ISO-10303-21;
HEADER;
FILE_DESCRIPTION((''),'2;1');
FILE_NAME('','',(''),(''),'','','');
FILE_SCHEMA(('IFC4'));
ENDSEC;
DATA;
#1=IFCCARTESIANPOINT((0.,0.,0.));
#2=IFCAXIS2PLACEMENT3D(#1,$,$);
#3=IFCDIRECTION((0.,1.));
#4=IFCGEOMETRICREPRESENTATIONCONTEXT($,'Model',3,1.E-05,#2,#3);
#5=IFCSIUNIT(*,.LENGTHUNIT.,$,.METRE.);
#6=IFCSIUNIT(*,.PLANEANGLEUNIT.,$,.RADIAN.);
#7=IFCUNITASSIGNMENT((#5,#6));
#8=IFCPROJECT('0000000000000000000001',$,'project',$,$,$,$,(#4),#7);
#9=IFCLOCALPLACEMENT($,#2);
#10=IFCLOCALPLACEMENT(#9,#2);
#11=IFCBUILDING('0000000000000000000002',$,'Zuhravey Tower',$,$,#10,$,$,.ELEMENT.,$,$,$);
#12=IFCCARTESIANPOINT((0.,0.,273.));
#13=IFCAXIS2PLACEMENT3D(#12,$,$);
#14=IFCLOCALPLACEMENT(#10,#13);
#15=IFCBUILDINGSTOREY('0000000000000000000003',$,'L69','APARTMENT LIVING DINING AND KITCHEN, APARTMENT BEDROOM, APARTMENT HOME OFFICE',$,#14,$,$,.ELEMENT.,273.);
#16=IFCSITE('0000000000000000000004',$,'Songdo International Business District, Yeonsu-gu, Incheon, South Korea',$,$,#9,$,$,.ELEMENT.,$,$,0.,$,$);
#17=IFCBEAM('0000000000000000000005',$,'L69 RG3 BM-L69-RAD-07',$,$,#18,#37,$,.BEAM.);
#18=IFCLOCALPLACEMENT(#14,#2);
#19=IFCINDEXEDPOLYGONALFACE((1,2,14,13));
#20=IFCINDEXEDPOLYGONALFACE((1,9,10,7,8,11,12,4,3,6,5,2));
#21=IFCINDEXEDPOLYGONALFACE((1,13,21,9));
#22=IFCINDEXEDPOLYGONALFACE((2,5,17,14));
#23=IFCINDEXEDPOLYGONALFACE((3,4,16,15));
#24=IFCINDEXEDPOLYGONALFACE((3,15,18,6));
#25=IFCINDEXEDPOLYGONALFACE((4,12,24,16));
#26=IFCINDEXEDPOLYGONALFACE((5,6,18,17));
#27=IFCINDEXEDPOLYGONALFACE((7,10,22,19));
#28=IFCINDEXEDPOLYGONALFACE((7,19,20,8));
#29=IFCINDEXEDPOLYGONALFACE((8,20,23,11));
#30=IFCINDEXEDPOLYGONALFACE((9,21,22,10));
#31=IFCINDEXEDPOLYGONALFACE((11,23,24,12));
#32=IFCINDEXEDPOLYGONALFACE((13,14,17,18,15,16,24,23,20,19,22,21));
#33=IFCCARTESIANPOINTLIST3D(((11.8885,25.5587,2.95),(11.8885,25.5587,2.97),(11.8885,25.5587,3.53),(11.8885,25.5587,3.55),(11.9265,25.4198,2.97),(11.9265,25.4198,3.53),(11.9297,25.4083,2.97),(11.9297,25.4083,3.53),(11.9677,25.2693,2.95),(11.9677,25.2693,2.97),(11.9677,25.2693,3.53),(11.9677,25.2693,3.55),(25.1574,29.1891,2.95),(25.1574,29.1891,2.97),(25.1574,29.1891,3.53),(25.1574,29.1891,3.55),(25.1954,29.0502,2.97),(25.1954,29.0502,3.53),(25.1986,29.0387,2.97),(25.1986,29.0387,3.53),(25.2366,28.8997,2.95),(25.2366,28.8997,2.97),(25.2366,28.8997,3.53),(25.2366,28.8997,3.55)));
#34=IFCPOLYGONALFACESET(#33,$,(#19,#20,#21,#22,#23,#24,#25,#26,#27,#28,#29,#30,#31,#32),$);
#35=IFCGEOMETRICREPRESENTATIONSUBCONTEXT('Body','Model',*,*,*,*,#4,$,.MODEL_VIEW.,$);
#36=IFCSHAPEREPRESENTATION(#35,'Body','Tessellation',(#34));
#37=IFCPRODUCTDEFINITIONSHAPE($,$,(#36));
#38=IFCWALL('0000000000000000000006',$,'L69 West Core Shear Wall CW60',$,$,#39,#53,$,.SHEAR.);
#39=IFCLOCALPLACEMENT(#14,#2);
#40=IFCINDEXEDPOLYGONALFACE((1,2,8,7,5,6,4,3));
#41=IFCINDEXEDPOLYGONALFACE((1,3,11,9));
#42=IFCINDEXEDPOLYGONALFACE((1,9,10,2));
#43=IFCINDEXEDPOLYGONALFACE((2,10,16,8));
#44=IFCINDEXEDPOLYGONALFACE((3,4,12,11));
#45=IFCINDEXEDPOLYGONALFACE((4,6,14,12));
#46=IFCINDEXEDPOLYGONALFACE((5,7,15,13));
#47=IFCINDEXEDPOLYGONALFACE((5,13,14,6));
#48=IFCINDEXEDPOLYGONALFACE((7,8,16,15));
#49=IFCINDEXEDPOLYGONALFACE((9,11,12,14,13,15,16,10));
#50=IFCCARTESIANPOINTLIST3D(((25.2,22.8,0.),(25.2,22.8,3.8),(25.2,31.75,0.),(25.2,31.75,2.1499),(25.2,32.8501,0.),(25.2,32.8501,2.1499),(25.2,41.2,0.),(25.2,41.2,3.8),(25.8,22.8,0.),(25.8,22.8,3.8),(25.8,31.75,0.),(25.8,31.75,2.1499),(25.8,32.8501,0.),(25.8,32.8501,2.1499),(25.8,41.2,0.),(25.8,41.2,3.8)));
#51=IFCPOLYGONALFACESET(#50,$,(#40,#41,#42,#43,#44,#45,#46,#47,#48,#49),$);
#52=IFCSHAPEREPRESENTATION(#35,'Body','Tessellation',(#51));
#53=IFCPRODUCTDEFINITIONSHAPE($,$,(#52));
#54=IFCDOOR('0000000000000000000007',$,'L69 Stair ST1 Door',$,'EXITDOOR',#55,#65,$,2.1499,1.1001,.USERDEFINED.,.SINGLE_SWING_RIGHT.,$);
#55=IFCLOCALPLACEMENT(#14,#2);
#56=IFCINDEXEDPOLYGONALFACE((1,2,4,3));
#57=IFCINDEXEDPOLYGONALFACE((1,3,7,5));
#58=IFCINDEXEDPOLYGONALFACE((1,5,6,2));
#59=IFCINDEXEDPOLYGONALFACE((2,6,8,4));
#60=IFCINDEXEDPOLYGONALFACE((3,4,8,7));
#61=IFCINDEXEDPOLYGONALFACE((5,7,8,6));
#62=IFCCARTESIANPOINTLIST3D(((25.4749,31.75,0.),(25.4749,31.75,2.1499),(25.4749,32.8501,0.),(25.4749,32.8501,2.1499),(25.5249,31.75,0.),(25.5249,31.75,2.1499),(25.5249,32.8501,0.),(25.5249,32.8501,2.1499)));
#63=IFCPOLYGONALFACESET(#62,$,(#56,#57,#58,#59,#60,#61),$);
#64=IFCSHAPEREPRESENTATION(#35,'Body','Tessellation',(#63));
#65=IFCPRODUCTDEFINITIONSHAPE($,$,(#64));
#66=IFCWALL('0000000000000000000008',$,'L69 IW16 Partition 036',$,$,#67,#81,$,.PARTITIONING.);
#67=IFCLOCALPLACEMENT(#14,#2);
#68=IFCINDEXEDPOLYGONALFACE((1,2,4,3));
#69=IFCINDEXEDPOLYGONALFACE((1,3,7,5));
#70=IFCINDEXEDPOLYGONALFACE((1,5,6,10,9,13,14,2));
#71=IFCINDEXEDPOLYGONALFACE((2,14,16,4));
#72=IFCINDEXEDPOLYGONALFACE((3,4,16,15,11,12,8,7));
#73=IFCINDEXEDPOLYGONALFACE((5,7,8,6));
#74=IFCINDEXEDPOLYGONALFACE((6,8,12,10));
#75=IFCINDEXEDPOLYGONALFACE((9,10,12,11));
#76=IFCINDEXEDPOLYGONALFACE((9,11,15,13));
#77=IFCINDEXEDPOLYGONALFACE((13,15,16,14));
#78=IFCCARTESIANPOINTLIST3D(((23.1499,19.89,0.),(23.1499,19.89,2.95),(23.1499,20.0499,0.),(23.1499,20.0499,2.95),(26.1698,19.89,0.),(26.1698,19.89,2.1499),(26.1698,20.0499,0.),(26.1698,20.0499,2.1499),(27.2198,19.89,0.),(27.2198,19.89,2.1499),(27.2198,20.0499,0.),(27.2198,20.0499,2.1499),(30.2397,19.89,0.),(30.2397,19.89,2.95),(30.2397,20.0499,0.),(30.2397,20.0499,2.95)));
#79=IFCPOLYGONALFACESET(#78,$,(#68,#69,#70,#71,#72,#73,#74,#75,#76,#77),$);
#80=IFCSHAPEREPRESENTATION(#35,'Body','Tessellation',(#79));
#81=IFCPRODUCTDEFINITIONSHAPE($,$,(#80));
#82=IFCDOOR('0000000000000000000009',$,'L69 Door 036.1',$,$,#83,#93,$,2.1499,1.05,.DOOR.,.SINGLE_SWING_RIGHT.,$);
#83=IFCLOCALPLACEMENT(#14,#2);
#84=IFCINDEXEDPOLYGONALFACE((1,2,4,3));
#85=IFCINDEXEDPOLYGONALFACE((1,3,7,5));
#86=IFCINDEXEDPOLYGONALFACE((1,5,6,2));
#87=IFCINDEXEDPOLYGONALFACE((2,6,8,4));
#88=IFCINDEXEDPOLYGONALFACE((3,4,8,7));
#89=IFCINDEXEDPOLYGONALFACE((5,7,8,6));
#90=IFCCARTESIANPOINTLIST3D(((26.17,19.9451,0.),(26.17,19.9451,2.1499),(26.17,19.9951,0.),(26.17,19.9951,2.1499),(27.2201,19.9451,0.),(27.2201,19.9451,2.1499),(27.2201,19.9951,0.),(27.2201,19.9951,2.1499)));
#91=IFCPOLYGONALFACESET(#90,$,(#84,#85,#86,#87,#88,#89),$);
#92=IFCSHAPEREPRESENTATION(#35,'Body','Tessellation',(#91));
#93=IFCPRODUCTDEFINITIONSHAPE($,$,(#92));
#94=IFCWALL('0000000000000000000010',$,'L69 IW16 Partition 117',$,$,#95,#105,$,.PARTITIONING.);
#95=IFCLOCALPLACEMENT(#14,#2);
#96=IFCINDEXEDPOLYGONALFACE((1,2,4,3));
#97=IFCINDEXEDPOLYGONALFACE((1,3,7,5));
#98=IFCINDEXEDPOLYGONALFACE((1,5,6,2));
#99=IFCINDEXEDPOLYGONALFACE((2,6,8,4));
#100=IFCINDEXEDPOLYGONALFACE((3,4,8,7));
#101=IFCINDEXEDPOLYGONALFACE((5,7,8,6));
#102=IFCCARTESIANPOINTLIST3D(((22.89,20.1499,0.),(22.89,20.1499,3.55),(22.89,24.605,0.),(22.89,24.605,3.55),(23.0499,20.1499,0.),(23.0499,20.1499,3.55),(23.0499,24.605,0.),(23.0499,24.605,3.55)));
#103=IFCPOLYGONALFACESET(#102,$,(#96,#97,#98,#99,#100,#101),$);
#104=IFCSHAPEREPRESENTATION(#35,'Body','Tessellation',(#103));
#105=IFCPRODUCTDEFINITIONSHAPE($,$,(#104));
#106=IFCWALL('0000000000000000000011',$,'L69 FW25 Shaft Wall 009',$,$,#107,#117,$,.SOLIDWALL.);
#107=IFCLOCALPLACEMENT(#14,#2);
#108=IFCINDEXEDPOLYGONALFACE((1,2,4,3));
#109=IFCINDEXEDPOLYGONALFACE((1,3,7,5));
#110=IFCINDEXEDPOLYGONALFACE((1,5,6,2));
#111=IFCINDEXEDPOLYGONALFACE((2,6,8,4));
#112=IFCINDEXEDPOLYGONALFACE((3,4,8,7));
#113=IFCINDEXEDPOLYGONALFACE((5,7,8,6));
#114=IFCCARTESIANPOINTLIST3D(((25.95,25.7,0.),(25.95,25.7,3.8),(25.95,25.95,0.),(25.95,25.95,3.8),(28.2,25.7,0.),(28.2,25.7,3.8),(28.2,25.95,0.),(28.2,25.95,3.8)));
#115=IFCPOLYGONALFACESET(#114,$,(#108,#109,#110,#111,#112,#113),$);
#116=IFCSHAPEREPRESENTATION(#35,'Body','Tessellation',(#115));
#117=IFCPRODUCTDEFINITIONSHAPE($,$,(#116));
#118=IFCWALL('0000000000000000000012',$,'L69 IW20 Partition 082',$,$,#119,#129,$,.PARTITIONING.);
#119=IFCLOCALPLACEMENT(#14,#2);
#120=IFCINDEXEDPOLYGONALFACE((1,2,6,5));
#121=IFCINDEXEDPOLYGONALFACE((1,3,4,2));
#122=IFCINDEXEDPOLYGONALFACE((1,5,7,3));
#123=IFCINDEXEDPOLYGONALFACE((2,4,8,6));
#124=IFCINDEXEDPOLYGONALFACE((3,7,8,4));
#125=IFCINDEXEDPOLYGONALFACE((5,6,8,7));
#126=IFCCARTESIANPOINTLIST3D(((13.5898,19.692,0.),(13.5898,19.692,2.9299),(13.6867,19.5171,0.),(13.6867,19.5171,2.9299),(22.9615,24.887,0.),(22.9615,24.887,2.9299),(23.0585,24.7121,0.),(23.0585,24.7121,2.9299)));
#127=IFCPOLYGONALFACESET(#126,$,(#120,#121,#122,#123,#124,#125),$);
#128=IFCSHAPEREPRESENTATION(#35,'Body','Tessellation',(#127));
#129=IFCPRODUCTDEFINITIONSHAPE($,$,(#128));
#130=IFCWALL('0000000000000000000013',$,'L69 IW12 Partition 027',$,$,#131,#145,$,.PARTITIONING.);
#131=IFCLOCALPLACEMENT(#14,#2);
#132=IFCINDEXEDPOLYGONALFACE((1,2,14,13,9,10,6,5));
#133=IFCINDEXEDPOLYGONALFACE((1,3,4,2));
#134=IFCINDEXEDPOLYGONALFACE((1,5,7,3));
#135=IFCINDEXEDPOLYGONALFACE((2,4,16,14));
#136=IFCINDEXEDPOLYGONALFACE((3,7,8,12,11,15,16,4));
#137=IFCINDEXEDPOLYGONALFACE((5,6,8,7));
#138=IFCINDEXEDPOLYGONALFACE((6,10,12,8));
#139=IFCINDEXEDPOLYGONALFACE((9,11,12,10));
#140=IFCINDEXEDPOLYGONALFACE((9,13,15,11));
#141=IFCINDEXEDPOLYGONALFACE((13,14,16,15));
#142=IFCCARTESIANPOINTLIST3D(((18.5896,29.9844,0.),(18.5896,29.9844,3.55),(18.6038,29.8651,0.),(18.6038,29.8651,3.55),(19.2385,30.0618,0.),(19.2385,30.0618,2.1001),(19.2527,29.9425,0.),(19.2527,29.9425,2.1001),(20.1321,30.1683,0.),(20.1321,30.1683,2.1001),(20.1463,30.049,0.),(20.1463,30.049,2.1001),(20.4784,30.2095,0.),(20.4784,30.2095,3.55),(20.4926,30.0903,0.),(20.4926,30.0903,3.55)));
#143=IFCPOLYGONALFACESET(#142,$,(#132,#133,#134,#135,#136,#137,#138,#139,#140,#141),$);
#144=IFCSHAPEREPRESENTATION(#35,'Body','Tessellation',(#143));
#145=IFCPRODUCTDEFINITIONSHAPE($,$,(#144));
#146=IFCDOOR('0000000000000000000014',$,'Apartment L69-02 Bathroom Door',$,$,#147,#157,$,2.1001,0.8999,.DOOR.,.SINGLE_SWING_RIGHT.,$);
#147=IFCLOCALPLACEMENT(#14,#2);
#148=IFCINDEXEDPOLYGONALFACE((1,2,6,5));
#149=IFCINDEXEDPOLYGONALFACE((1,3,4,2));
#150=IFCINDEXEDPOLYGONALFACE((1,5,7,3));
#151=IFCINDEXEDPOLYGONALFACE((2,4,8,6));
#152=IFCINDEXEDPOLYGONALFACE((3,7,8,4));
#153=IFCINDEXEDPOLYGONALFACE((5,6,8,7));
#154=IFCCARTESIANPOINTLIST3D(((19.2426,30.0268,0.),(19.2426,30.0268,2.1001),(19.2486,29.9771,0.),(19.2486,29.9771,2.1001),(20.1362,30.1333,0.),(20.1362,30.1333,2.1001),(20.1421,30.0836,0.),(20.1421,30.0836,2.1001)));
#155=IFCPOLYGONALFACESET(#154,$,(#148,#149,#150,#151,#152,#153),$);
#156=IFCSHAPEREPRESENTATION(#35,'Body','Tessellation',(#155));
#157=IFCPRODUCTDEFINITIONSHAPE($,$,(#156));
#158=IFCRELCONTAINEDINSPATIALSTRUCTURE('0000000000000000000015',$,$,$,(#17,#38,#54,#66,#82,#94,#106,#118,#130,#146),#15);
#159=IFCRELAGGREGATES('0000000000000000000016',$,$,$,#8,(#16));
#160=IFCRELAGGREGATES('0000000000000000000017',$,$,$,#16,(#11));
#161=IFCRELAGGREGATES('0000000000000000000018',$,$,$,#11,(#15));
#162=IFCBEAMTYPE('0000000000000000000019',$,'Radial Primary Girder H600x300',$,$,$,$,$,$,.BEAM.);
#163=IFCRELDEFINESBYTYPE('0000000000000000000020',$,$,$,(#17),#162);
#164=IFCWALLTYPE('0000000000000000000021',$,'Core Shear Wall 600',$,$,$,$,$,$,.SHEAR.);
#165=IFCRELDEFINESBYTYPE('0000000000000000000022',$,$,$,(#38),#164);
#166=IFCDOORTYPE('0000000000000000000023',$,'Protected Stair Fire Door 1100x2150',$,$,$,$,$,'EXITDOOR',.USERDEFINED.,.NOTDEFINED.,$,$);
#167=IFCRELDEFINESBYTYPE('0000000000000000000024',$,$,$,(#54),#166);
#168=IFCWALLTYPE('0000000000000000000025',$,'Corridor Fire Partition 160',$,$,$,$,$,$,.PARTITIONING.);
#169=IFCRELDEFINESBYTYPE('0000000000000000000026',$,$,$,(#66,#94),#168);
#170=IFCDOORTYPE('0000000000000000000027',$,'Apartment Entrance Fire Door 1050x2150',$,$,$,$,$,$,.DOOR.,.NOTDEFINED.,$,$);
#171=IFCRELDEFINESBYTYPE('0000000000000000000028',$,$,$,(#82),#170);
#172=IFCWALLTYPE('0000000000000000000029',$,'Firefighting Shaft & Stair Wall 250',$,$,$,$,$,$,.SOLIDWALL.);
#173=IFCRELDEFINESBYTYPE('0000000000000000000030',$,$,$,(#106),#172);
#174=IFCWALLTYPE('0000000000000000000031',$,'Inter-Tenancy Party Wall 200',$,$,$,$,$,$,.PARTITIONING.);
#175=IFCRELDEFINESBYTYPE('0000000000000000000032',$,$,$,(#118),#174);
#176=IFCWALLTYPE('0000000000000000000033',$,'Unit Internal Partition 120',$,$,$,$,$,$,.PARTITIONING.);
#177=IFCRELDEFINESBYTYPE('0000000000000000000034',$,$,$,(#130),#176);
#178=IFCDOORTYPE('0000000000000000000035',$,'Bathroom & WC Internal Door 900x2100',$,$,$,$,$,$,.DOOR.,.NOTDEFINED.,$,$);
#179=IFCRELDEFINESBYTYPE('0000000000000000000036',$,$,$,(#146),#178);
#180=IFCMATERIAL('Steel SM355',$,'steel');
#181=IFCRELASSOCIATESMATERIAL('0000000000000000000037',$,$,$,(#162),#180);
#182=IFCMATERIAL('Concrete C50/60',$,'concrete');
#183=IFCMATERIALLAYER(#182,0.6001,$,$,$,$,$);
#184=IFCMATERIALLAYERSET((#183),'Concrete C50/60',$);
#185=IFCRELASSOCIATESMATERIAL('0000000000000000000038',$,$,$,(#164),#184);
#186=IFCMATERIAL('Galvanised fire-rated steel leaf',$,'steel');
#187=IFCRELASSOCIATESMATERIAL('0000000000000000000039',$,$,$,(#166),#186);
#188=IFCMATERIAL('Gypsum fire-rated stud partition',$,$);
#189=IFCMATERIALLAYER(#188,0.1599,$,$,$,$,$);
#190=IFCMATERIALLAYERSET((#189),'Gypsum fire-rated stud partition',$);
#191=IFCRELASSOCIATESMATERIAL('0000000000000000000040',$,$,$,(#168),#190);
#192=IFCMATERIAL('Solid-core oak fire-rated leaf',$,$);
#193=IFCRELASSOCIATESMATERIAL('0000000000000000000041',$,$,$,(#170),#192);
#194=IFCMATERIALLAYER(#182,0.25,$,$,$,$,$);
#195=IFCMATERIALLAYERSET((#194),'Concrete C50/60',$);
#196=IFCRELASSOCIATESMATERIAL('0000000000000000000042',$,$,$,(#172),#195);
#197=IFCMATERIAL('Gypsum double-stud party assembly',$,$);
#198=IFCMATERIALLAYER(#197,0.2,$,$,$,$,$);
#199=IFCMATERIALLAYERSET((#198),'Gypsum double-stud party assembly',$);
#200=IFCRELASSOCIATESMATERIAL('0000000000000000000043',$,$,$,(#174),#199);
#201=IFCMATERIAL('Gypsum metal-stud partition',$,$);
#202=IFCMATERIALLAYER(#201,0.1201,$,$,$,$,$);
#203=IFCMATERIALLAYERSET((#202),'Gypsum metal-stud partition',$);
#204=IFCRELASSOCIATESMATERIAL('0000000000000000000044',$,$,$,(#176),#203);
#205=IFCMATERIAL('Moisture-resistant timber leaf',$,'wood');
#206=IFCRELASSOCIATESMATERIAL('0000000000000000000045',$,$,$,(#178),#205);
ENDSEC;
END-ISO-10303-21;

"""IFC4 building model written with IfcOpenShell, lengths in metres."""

from ifc_helpers import new_model, si_unit, direction, frame, frame_2d, origin, origin_2d, place, context, subcontext, project, spatial, rectangle, i_section, extrude, material, layer, layer_set, material_profile, profile_set, type_object, element, fill, save


model = new_model("IFC4")

# Units and contexts
model_context = context("Model", 3, precision=1e-05, world=origin(), true_north=direction((0.0, 1.0)))
body_context = subcontext(model_context, "Body", "Model", "MODEL_VIEW")
ifc_project = project(units=[si_unit("LENGTHUNIT", "METRE"), si_unit("PLANEANGLEUNIT", "RADIAN")], contexts=[model_context])

# Site, building, storey
site_placement = place(None, origin())
site = spatial("IfcSite", under=ifc_project, at=site_placement, Name="Songdo International Business District, Yeonsu-gu, Incheon, South Korea", CompositionType="ELEMENT", RefElevation=0.0)
building_placement = place(site_placement, origin())
building = spatial("IfcBuilding", under=site, at=building_placement, Name="Zuhravey Tower", CompositionType="ELEMENT")
storey_placement = place(building_placement, frame((0.0, 0.0, 273.0)))
storey = spatial("IfcBuildingStorey", under=building, at=storey_placement, Name="L69", Description="APARTMENT LIVING DINING AND KITCHEN, APARTMENT BEDROOM, APARTMENT HOME OFFICE", CompositionType="ELEMENT", Elevation=273.0)

# Beam
ifc_material_1 = material(Name="Steel SM355", Category="steel")
ifc_material_profile = material_profile(ifc_material_1, i_section(OverallWidth=0.3, OverallDepth=0.6001, WebThickness=0.012, FlangeThickness=0.02, at=origin_2d()), Name="H-600x300x12x20")
ifc_profile_set = profile_set([ifc_material_profile], Name="Steel SM355")
beam_type = type_object("IfcBeamType", Name="Radial Primary Girder H600x300", PredefinedType="BEAM", material=ifc_profile_set)
beam_placement = place(storey_placement, frame((25.197, 29.0444, 3.25), z_axis=(-0.964549, -0.263903, 0.0), x_axis=(0.263903, -0.964549, 0.0)))
element("IfcBeam", 1, at=beam_placement, inside=storey, type_object=beam_type, Name="L69 RG3 BM-L69-RAD-07", PredefinedType="BEAM", context=body_context, shape_type="SweptSolid", body=[
    extrude(i_section(OverallWidth=0.3, OverallDepth=0.6001, WebThickness=0.012, FlangeThickness=0.02, at=origin_2d()), origin(), (0.0, 0.0, 1.0), 13.7566),
])

# Walls, openings, doors
ifc_material_2 = material(Name="Concrete C50/60", Category="concrete")
ifc_layer_1 = layer(ifc_material_2, 0.6001)
ifc_layer_set_1 = layer_set([ifc_layer_1], Name="Concrete C50/60")
wall_type_1 = type_object("IfcWallType", Name="Core Shear Wall 600", PredefinedType="SHEAR", material=ifc_layer_set_1)
ifc_material_3 = material(Name="Galvanised fire-rated steel leaf", Category="steel")
wall_1_placement = place(storey_placement, frame((25.5, 22.8, 0.0), z_axis=(0.0, 0.0, 1.0), x_axis=(0.0, 1.0, 0.0)))
wall_1 = element("IfcWall", 2, at=wall_1_placement, inside=storey, type_object=wall_type_1, Name="L69 West Core Shear Wall CW60", PredefinedType="SHEAR", context=body_context, shape_type="SweptSolid", body=[
    extrude(rectangle(XDim=18.3999, YDim=0.6001, at=frame_2d((9.2, 0.0))), origin(), (0.0, 0.0, 1.0), 3.8),
])
opening_1_placement = place(wall_1_placement, frame((8.95, 0.0, 0.0)))
opening_1 = element("IfcOpeningElement", 3, at=opening_1_placement, cuts=wall_1, PredefinedType="OPENING", context=body_context, shape_type="SweptSolid", body=[
    extrude(rectangle(XDim=1.1001, YDim=2.1499, at=frame_2d((0.55, 1.075))), frame((0.0, 0.312, 0.0), z_axis=(0.0, -1.0, 0.0), x_axis=(1.0, 0.0, 0.0)), (0.0, 0.0, 1.0), 0.624),
])
door_type_1 = type_object("IfcDoorType", Name="Protected Stair Fire Door 1100x2150", ElementType="EXITDOOR", OperationType="NOTDEFINED", PredefinedType="USERDEFINED", material=ifc_material_3)
door_1_placement = place(opening_1_placement, frame((1.1001, 0.0, 0.0), z_axis=(0.0, 0.0, 1.0), x_axis=(-1.0, 0.0, 0.0)))
door_1 = element("IfcDoor", 4, at=door_1_placement, inside=storey, type_object=door_type_1, Name="L69 Stair ST1 Door", ObjectType="EXITDOOR", OperationType="SINGLE_SWING_RIGHT", OverallHeight=2.1499, OverallWidth=1.1001, PredefinedType="USERDEFINED", context=body_context, shape_type="SweptSolid", body=[
    extrude(rectangle(XDim=1.1001, YDim=2.1499, at=frame_2d((0.55, 1.075))), frame((0.0, 0.0249, 0.0), z_axis=(0.0, -1.0, 0.0), x_axis=(1.0, 0.0, 0.0)), (0.0, 0.0, 1.0), 0.05),
])
fill(opening_1, door_1)
ifc_material_4 = material(Name="Gypsum fire-rated stud partition")
ifc_layer_2 = layer(ifc_material_4, 0.1599)
ifc_layer_set_2 = layer_set([ifc_layer_2], Name="Gypsum fire-rated stud partition")
wall_type_2 = type_object("IfcWallType", Name="Corridor Fire Partition 160", PredefinedType="PARTITIONING", material=ifc_layer_set_2)
ifc_material_5 = material(Name="Solid-core oak fire-rated leaf")
door_type_2 = type_object("IfcDoorType", Name="Apartment Entrance Fire Door 1050x2150", OperationType="NOTDEFINED", PredefinedType="DOOR", material=ifc_material_5)
wall_2_placement = place(storey_placement, frame((23.1499, 19.97, 0.0), z_axis=(0.0, 0.0, 1.0), x_axis=(1.0, 0.0, 0.0)))
wall_2 = element("IfcWall", 5, at=wall_2_placement, inside=storey, type_object=wall_type_2, Name="L69 IW16 Partition 036", PredefinedType="PARTITIONING", context=body_context, shape_type="SweptSolid", body=[
    extrude(rectangle(XDim=7.0898, YDim=0.1599, at=frame_2d((3.5449, 0.0))), origin(), (0.0, 0.0, 1.0), 2.95),
])
opening_2_placement = place(wall_2_placement, frame((3.02, 0.0, 0.0)))
opening_2 = element("IfcOpeningElement", 6, at=opening_2_placement, cuts=wall_2, PredefinedType="OPENING", context=body_context, shape_type="SweptSolid", body=[
    extrude(rectangle(XDim=1.05, YDim=2.1499, at=frame_2d((0.5249, 1.075))), frame((0.0, 0.092, 0.0), z_axis=(0.0, -1.0, 0.0), x_axis=(1.0, 0.0, 0.0)), (0.0, 0.0, 1.0), 0.1838),
])
door_2_placement = place(opening_2_placement, frame((1.05, 0.0, 0.0), z_axis=(0.0, 0.0, 1.0), x_axis=(-1.0, 0.0, 0.0)))
door_2 = element("IfcDoor", 7, at=door_2_placement, inside=storey, type_object=door_type_2, Name="L69 Door 036.1", OperationType="SINGLE_SWING_RIGHT", OverallHeight=2.1499, OverallWidth=1.05, PredefinedType="DOOR", context=body_context, shape_type="SweptSolid", body=[
    extrude(rectangle(XDim=1.05, YDim=2.1499, at=frame_2d((0.5249, 1.075))), frame((0.0, 0.0249, 0.0), z_axis=(0.0, -1.0, 0.0), x_axis=(1.0, 0.0, 0.0)), (0.0, 0.0, 1.0), 0.05),
])
fill(opening_2, door_2)

# Walls
wall_3_placement = place(storey_placement, frame((22.97, 24.605, 0.0), z_axis=(0.0, 0.0, 1.0), x_axis=(0.0, -1.0, 0.0)))
element("IfcWall", 8, at=wall_3_placement, inside=storey, type_object=wall_type_2, Name="L69 IW16 Partition 117", PredefinedType="PARTITIONING", context=body_context, shape_type="SweptSolid", body=[
    extrude(rectangle(XDim=4.4551, YDim=0.1599, at=frame_2d((2.2275, 0.0))), origin(), (0.0, 0.0, 1.0), 3.55),
])
ifc_layer_3 = layer(ifc_material_2, 0.25)
ifc_layer_set_3 = layer_set([ifc_layer_3], Name="Concrete C50/60")
wall_type_3 = type_object("IfcWallType", Name="Firefighting Shaft & Stair Wall 250", PredefinedType="SOLIDWALL", material=ifc_layer_set_3)
wall_4_placement = place(storey_placement, frame((25.95, 25.825, 0.0), z_axis=(0.0, 0.0, 1.0), x_axis=(1.0, 0.0, 0.0)))
element("IfcWall", 9, at=wall_4_placement, inside=storey, type_object=wall_type_3, Name="L69 FW25 Shaft Wall 009", PredefinedType="SOLIDWALL", context=body_context, shape_type="SweptSolid", body=[
    extrude(rectangle(XDim=2.25, YDim=0.25, at=frame_2d((1.125, 0.0))), origin(), (0.0, 0.0, 1.0), 3.8),
])
ifc_material_6 = material(Name="Gypsum double-stud party assembly")
ifc_layer_4 = layer(ifc_material_6, 0.2)
ifc_layer_set_4 = layer_set([ifc_layer_4], Name="Gypsum double-stud party assembly")
wall_type_4 = type_object("IfcWallType", Name="Inter-Tenancy Party Wall 200", PredefinedType="PARTITIONING", material=ifc_layer_set_4)
wall_5_placement = place(storey_placement, frame((23.01, 24.7996, 0.0), z_axis=(0.0, 0.0, 1.0), x_axis=(-0.874613, -0.484822, 0.0)))
element("IfcWall", 10, at=wall_5_placement, inside=storey, type_object=wall_type_4, Name="L69 IW20 Partition 082", PredefinedType="PARTITIONING", context=body_context, shape_type="SweptSolid", body=[
    extrude(rectangle(XDim=10.7153, YDim=0.2, at=frame_2d((5.3577, 0.0))), origin(), (0.0, 0.0, 1.0), 2.9299),
])

# Wall, opening, door
ifc_material_7 = material(Name="Gypsum metal-stud partition")
ifc_layer_5 = layer(ifc_material_7, 0.1201)
ifc_layer_set_5 = layer_set([ifc_layer_5], Name="Gypsum metal-stud partition")
wall_type_5 = type_object("IfcWallType", Name="Unit Internal Partition 120", PredefinedType="PARTITIONING", material=ifc_layer_set_5)
wall_6_placement = place(storey_placement, frame((20.4856, 30.1499, 0.0), z_axis=(0.0, 0.0, 1.0), x_axis=(-0.992972, -0.118345, 0.0)))
wall_6 = element("IfcWall", 11, at=wall_6_placement, inside=storey, type_object=wall_type_5, Name="L69 IW12 Partition 027", PredefinedType="PARTITIONING", context=body_context, shape_type="SweptSolid", body=[
    extrude(rectangle(XDim=1.9021, YDim=0.1201, at=frame_2d((0.9512, 0.0))), origin(), (0.0, 0.0, 1.0), 3.55),
])
opening_3_placement = place(wall_6_placement, frame((0.3489, 0.0, 0.0)))
opening_3 = element("IfcOpeningElement", 12, at=opening_3_placement, cuts=wall_6, PredefinedType="OPENING", context=body_context, shape_type="SweptSolid", body=[
    extrude(rectangle(XDim=0.8999, YDim=2.1001, at=frame_2d((0.45, 1.05))), frame((0.0, 0.072, 0.0), z_axis=(0.0, -1.0, 0.0), x_axis=(1.0, 0.0, 0.0)), (0.0, 0.0, 1.0), 0.144),
])
ifc_material_8 = material(Name="Moisture-resistant timber leaf", Category="wood")
door_type_3 = type_object("IfcDoorType", Name="Bathroom & WC Internal Door 900x2100", OperationType="NOTDEFINED", PredefinedType="DOOR", material=ifc_material_8)
door_3_placement = place(opening_3_placement, frame((0.8999, 0.0, 0.0), z_axis=(0.0, 0.0, 1.0), x_axis=(-1.0, 0.0, 0.0)))
door_3 = element("IfcDoor", 13, at=door_3_placement, inside=storey, type_object=door_type_3, Name="Apartment L69-02 Bathroom Door", OperationType="SINGLE_SWING_RIGHT", OverallHeight=2.1001, OverallWidth=0.8999, PredefinedType="DOOR", context=body_context, shape_type="SweptSolid", body=[
    extrude(rectangle(XDim=0.8999, YDim=2.1001, at=frame_2d((0.45, 1.05))), frame((0.0, 0.0249, 0.0), z_axis=(0.0, -1.0, 0.0), x_axis=(1.0, 0.0, 0.0)), (0.0, 0.0, 1.0), 0.05),
])
fill(opening_3, door_3)

save(model, "model.ifc")
